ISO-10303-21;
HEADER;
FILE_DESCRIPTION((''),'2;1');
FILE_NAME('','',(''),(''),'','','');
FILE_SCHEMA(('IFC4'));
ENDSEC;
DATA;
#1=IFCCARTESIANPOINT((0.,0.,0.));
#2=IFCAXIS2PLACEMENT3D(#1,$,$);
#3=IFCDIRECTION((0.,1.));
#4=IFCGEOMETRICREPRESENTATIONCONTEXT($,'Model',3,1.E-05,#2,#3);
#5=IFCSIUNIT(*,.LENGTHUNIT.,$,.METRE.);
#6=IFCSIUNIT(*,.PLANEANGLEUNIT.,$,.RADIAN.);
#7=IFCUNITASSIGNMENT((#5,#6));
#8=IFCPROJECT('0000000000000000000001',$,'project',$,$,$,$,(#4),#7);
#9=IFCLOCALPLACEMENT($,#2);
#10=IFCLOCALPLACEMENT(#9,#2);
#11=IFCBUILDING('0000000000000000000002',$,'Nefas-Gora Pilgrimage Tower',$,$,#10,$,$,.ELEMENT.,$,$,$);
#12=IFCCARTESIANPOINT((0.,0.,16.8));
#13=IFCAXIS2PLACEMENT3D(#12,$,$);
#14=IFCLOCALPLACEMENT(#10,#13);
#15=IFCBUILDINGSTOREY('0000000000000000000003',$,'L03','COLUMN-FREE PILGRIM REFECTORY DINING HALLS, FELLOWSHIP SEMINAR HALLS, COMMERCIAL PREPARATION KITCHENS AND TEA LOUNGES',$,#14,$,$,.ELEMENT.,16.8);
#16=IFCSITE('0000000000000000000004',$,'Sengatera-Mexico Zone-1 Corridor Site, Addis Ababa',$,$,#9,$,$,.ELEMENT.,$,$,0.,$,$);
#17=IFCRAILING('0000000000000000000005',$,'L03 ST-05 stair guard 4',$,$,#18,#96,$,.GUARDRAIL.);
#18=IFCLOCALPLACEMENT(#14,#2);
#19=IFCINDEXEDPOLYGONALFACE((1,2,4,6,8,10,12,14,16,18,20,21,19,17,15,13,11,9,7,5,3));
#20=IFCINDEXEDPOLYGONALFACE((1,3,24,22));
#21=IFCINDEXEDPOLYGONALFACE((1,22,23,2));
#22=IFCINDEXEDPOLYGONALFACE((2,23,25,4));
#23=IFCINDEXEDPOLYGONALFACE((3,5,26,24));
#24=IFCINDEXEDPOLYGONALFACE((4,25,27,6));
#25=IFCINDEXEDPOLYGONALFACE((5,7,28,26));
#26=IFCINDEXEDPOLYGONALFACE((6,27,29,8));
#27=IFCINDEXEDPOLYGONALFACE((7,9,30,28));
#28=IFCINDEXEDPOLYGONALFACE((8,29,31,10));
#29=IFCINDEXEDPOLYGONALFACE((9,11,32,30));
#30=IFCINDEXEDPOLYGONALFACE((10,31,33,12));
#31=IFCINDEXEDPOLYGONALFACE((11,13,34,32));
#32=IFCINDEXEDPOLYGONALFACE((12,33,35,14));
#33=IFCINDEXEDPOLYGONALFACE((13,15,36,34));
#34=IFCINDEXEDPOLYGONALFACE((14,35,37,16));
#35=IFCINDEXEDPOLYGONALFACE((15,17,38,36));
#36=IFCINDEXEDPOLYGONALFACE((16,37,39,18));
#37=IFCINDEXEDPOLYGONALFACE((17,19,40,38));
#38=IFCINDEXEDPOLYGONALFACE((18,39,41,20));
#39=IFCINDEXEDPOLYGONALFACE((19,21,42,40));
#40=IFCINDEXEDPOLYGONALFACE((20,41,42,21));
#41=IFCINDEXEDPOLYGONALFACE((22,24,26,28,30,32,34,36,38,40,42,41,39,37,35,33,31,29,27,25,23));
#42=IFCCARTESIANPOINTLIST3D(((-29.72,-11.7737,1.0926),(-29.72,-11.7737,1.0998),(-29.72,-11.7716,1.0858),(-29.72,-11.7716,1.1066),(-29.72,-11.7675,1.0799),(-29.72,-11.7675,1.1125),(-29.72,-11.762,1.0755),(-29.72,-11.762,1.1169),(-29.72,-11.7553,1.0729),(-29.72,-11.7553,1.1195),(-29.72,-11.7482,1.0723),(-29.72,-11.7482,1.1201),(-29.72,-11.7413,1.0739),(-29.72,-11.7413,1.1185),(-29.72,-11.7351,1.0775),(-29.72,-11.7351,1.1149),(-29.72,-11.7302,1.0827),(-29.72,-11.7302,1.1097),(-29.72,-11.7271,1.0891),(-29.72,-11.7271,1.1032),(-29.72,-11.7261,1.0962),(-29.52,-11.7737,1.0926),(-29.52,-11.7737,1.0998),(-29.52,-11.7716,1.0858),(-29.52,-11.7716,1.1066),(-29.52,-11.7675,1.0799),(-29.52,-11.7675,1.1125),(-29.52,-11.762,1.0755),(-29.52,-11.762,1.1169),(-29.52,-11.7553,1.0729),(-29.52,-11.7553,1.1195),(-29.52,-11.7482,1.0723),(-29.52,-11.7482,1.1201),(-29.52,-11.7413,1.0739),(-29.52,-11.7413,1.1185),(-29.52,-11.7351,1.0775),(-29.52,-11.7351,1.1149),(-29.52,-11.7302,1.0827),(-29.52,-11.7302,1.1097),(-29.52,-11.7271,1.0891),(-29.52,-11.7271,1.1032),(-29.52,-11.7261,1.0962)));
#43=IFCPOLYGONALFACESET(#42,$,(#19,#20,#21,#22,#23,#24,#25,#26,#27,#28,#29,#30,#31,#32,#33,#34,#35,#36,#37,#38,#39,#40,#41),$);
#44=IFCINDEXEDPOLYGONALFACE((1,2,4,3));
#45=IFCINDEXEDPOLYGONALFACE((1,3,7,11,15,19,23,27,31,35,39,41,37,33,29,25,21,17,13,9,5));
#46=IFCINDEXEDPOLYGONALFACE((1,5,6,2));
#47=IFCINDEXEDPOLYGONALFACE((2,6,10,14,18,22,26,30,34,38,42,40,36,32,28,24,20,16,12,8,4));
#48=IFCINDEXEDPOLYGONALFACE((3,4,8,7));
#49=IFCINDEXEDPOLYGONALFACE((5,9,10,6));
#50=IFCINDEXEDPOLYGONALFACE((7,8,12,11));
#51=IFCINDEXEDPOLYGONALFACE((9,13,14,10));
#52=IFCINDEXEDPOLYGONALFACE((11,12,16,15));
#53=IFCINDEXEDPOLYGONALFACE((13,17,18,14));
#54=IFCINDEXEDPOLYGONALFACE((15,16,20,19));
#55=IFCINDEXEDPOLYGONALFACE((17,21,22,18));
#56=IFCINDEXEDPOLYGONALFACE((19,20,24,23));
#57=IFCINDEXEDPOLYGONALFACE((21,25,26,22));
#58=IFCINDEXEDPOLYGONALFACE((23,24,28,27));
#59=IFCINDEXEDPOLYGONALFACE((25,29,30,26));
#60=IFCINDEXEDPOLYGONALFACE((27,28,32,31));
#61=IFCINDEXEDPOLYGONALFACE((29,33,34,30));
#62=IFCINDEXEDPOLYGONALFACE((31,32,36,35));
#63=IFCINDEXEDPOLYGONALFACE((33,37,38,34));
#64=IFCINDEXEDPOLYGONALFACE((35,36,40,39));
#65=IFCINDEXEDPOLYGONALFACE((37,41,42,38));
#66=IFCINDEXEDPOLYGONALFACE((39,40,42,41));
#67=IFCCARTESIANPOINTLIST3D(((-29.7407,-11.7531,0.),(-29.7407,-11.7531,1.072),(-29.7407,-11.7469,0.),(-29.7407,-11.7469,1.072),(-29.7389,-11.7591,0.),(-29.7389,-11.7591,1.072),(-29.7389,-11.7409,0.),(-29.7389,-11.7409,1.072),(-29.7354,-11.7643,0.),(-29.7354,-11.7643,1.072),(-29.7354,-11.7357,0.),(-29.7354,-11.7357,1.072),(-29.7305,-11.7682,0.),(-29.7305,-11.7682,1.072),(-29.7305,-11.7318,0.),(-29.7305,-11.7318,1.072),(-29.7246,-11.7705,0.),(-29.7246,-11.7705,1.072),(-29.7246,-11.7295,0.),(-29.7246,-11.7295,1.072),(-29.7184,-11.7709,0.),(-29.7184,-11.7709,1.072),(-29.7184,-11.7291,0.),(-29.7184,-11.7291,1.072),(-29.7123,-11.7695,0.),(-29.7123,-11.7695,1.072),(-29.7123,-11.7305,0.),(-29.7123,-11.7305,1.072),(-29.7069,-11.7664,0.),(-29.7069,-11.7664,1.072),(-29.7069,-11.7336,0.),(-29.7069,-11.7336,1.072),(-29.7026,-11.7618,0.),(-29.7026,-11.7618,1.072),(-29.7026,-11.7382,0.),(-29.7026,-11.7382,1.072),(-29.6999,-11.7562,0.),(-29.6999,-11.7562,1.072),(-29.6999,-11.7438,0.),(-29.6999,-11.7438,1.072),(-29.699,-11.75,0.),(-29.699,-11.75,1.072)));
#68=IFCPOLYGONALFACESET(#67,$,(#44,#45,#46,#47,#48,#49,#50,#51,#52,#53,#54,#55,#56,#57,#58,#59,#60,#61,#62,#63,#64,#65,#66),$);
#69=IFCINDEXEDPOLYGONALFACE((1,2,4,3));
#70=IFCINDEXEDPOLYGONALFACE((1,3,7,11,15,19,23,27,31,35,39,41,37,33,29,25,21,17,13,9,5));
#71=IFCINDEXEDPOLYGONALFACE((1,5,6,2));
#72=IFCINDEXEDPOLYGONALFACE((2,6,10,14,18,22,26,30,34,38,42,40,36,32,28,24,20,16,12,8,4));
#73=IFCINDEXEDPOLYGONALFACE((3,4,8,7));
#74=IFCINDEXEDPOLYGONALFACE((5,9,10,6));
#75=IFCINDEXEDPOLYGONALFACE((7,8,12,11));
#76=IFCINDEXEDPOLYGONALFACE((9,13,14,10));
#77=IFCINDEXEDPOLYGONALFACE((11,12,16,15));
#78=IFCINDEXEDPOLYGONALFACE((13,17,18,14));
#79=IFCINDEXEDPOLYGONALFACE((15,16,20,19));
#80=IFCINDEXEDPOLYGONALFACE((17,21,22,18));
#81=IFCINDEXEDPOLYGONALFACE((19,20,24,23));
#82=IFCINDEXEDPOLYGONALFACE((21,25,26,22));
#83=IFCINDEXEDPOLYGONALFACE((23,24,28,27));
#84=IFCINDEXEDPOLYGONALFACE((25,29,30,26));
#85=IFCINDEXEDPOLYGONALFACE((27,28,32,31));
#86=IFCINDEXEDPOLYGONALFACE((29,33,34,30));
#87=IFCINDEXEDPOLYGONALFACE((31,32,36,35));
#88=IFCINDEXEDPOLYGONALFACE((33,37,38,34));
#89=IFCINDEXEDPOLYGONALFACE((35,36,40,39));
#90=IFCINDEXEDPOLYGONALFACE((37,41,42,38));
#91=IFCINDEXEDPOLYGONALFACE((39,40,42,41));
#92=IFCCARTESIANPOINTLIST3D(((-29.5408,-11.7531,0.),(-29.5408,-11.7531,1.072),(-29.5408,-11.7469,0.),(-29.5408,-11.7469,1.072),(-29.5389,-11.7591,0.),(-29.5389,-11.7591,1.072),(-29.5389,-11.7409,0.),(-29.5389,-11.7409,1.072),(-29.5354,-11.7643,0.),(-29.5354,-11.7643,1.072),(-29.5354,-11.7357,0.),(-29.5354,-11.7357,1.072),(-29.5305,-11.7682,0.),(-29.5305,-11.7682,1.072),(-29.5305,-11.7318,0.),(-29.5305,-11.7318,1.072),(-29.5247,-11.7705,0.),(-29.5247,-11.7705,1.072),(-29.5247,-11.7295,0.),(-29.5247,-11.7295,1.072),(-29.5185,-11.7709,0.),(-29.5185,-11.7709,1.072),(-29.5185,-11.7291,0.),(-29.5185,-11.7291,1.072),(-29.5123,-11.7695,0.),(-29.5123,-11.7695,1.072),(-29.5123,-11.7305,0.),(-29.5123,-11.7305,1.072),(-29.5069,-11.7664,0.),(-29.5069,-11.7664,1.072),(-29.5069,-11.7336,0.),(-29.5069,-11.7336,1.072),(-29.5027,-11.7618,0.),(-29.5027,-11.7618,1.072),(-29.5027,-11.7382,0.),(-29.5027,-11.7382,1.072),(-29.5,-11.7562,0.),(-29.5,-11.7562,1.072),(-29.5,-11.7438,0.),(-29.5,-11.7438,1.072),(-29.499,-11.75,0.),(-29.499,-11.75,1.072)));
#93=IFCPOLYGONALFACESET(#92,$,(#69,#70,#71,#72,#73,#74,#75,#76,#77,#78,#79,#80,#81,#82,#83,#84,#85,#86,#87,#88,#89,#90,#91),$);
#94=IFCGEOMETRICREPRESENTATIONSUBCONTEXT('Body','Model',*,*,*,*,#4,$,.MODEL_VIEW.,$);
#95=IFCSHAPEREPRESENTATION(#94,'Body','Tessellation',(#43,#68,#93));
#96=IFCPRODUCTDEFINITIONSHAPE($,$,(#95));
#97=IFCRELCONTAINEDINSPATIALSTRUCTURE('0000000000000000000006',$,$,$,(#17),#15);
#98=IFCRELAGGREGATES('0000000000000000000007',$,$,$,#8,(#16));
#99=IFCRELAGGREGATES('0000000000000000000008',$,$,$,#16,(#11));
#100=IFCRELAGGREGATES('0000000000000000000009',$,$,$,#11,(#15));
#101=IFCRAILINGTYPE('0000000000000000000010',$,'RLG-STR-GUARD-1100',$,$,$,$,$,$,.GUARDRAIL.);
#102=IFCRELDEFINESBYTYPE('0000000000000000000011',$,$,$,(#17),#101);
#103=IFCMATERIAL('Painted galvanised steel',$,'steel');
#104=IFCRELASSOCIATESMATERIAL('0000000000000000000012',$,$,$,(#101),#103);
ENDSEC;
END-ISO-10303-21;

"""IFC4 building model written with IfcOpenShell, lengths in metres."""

from ifc_helpers import new_model, si_unit, direction, frame, origin, origin_2d, place, context, subcontext, project, spatial, circle, extrude, material, type_object, element, save


model = new_model("IFC4")

# Units and contexts
model_context = context("Model", 3, precision=1e-05, world=origin(), true_north=direction((0.0, 1.0)))
body_context = subcontext(model_context, "Body", "Model", "MODEL_VIEW")
ifc_project = project(units=[si_unit("LENGTHUNIT", "METRE"), si_unit("PLANEANGLEUNIT", "RADIAN")], contexts=[model_context])

# Site, building, storey
site_placement = place(None, origin())
site = spatial("IfcSite", under=ifc_project, at=site_placement, Name="Sengatera-Mexico Zone-1 Corridor Site, Addis Ababa", CompositionType="ELEMENT", RefElevation=0.0)
building_placement = place(site_placement, origin())
building = spatial("IfcBuilding", under=site, at=building_placement, Name="Nefas-Gora Pilgrimage Tower", CompositionType="ELEMENT")
storey_placement = place(building_placement, frame((0.0, 0.0, 16.8)))
storey = spatial("IfcBuildingStorey", under=building, at=storey_placement, Name="L03", Description="COLUMN-FREE PILGRIM REFECTORY DINING HALLS, FELLOWSHIP SEMINAR HALLS, COMMERCIAL PREPARATION KITCHENS AND TEA LOUNGES", CompositionType="ELEMENT", Elevation=16.8)

# Railing
ifc_material_1 = material(Name="Painted galvanised steel", Category="steel")
railing_type_1 = type_object("IfcRailingType", Name="RLG-STR-GUARD-1100", PredefinedType="GUARDRAIL", material=ifc_material_1)
railing_1_placement = place(storey_placement, frame((-29.72, -11.75, 0.0)))
element("IfcRailing", 1, at=railing_1_placement, inside=storey, type_object=railing_type_1, Name="L03 ST-05 stair guard 4", PredefinedType="GUARDRAIL", context=body_context, shape_type="SweptSolid", body=[
    extrude(circle(Radius=0.0239, at=origin_2d()), frame((0.0, 0.0, 1.0962), z_axis=(1.0, 0.0, 0.0), x_axis=(0.0, 1.0, 0.0)), (0.0, 0.0, 1.0), 0.2),
    extrude(circle(Radius=0.021, at=origin_2d()), origin(), (0.0, 0.0, 1.0), 1.072),
    extrude(circle(Radius=0.021, at=origin_2d()), frame((0.2, 0.0, 0.0)), (0.0, 0.0, 1.0), 1.072),
])

save(model, "model.ifc")
